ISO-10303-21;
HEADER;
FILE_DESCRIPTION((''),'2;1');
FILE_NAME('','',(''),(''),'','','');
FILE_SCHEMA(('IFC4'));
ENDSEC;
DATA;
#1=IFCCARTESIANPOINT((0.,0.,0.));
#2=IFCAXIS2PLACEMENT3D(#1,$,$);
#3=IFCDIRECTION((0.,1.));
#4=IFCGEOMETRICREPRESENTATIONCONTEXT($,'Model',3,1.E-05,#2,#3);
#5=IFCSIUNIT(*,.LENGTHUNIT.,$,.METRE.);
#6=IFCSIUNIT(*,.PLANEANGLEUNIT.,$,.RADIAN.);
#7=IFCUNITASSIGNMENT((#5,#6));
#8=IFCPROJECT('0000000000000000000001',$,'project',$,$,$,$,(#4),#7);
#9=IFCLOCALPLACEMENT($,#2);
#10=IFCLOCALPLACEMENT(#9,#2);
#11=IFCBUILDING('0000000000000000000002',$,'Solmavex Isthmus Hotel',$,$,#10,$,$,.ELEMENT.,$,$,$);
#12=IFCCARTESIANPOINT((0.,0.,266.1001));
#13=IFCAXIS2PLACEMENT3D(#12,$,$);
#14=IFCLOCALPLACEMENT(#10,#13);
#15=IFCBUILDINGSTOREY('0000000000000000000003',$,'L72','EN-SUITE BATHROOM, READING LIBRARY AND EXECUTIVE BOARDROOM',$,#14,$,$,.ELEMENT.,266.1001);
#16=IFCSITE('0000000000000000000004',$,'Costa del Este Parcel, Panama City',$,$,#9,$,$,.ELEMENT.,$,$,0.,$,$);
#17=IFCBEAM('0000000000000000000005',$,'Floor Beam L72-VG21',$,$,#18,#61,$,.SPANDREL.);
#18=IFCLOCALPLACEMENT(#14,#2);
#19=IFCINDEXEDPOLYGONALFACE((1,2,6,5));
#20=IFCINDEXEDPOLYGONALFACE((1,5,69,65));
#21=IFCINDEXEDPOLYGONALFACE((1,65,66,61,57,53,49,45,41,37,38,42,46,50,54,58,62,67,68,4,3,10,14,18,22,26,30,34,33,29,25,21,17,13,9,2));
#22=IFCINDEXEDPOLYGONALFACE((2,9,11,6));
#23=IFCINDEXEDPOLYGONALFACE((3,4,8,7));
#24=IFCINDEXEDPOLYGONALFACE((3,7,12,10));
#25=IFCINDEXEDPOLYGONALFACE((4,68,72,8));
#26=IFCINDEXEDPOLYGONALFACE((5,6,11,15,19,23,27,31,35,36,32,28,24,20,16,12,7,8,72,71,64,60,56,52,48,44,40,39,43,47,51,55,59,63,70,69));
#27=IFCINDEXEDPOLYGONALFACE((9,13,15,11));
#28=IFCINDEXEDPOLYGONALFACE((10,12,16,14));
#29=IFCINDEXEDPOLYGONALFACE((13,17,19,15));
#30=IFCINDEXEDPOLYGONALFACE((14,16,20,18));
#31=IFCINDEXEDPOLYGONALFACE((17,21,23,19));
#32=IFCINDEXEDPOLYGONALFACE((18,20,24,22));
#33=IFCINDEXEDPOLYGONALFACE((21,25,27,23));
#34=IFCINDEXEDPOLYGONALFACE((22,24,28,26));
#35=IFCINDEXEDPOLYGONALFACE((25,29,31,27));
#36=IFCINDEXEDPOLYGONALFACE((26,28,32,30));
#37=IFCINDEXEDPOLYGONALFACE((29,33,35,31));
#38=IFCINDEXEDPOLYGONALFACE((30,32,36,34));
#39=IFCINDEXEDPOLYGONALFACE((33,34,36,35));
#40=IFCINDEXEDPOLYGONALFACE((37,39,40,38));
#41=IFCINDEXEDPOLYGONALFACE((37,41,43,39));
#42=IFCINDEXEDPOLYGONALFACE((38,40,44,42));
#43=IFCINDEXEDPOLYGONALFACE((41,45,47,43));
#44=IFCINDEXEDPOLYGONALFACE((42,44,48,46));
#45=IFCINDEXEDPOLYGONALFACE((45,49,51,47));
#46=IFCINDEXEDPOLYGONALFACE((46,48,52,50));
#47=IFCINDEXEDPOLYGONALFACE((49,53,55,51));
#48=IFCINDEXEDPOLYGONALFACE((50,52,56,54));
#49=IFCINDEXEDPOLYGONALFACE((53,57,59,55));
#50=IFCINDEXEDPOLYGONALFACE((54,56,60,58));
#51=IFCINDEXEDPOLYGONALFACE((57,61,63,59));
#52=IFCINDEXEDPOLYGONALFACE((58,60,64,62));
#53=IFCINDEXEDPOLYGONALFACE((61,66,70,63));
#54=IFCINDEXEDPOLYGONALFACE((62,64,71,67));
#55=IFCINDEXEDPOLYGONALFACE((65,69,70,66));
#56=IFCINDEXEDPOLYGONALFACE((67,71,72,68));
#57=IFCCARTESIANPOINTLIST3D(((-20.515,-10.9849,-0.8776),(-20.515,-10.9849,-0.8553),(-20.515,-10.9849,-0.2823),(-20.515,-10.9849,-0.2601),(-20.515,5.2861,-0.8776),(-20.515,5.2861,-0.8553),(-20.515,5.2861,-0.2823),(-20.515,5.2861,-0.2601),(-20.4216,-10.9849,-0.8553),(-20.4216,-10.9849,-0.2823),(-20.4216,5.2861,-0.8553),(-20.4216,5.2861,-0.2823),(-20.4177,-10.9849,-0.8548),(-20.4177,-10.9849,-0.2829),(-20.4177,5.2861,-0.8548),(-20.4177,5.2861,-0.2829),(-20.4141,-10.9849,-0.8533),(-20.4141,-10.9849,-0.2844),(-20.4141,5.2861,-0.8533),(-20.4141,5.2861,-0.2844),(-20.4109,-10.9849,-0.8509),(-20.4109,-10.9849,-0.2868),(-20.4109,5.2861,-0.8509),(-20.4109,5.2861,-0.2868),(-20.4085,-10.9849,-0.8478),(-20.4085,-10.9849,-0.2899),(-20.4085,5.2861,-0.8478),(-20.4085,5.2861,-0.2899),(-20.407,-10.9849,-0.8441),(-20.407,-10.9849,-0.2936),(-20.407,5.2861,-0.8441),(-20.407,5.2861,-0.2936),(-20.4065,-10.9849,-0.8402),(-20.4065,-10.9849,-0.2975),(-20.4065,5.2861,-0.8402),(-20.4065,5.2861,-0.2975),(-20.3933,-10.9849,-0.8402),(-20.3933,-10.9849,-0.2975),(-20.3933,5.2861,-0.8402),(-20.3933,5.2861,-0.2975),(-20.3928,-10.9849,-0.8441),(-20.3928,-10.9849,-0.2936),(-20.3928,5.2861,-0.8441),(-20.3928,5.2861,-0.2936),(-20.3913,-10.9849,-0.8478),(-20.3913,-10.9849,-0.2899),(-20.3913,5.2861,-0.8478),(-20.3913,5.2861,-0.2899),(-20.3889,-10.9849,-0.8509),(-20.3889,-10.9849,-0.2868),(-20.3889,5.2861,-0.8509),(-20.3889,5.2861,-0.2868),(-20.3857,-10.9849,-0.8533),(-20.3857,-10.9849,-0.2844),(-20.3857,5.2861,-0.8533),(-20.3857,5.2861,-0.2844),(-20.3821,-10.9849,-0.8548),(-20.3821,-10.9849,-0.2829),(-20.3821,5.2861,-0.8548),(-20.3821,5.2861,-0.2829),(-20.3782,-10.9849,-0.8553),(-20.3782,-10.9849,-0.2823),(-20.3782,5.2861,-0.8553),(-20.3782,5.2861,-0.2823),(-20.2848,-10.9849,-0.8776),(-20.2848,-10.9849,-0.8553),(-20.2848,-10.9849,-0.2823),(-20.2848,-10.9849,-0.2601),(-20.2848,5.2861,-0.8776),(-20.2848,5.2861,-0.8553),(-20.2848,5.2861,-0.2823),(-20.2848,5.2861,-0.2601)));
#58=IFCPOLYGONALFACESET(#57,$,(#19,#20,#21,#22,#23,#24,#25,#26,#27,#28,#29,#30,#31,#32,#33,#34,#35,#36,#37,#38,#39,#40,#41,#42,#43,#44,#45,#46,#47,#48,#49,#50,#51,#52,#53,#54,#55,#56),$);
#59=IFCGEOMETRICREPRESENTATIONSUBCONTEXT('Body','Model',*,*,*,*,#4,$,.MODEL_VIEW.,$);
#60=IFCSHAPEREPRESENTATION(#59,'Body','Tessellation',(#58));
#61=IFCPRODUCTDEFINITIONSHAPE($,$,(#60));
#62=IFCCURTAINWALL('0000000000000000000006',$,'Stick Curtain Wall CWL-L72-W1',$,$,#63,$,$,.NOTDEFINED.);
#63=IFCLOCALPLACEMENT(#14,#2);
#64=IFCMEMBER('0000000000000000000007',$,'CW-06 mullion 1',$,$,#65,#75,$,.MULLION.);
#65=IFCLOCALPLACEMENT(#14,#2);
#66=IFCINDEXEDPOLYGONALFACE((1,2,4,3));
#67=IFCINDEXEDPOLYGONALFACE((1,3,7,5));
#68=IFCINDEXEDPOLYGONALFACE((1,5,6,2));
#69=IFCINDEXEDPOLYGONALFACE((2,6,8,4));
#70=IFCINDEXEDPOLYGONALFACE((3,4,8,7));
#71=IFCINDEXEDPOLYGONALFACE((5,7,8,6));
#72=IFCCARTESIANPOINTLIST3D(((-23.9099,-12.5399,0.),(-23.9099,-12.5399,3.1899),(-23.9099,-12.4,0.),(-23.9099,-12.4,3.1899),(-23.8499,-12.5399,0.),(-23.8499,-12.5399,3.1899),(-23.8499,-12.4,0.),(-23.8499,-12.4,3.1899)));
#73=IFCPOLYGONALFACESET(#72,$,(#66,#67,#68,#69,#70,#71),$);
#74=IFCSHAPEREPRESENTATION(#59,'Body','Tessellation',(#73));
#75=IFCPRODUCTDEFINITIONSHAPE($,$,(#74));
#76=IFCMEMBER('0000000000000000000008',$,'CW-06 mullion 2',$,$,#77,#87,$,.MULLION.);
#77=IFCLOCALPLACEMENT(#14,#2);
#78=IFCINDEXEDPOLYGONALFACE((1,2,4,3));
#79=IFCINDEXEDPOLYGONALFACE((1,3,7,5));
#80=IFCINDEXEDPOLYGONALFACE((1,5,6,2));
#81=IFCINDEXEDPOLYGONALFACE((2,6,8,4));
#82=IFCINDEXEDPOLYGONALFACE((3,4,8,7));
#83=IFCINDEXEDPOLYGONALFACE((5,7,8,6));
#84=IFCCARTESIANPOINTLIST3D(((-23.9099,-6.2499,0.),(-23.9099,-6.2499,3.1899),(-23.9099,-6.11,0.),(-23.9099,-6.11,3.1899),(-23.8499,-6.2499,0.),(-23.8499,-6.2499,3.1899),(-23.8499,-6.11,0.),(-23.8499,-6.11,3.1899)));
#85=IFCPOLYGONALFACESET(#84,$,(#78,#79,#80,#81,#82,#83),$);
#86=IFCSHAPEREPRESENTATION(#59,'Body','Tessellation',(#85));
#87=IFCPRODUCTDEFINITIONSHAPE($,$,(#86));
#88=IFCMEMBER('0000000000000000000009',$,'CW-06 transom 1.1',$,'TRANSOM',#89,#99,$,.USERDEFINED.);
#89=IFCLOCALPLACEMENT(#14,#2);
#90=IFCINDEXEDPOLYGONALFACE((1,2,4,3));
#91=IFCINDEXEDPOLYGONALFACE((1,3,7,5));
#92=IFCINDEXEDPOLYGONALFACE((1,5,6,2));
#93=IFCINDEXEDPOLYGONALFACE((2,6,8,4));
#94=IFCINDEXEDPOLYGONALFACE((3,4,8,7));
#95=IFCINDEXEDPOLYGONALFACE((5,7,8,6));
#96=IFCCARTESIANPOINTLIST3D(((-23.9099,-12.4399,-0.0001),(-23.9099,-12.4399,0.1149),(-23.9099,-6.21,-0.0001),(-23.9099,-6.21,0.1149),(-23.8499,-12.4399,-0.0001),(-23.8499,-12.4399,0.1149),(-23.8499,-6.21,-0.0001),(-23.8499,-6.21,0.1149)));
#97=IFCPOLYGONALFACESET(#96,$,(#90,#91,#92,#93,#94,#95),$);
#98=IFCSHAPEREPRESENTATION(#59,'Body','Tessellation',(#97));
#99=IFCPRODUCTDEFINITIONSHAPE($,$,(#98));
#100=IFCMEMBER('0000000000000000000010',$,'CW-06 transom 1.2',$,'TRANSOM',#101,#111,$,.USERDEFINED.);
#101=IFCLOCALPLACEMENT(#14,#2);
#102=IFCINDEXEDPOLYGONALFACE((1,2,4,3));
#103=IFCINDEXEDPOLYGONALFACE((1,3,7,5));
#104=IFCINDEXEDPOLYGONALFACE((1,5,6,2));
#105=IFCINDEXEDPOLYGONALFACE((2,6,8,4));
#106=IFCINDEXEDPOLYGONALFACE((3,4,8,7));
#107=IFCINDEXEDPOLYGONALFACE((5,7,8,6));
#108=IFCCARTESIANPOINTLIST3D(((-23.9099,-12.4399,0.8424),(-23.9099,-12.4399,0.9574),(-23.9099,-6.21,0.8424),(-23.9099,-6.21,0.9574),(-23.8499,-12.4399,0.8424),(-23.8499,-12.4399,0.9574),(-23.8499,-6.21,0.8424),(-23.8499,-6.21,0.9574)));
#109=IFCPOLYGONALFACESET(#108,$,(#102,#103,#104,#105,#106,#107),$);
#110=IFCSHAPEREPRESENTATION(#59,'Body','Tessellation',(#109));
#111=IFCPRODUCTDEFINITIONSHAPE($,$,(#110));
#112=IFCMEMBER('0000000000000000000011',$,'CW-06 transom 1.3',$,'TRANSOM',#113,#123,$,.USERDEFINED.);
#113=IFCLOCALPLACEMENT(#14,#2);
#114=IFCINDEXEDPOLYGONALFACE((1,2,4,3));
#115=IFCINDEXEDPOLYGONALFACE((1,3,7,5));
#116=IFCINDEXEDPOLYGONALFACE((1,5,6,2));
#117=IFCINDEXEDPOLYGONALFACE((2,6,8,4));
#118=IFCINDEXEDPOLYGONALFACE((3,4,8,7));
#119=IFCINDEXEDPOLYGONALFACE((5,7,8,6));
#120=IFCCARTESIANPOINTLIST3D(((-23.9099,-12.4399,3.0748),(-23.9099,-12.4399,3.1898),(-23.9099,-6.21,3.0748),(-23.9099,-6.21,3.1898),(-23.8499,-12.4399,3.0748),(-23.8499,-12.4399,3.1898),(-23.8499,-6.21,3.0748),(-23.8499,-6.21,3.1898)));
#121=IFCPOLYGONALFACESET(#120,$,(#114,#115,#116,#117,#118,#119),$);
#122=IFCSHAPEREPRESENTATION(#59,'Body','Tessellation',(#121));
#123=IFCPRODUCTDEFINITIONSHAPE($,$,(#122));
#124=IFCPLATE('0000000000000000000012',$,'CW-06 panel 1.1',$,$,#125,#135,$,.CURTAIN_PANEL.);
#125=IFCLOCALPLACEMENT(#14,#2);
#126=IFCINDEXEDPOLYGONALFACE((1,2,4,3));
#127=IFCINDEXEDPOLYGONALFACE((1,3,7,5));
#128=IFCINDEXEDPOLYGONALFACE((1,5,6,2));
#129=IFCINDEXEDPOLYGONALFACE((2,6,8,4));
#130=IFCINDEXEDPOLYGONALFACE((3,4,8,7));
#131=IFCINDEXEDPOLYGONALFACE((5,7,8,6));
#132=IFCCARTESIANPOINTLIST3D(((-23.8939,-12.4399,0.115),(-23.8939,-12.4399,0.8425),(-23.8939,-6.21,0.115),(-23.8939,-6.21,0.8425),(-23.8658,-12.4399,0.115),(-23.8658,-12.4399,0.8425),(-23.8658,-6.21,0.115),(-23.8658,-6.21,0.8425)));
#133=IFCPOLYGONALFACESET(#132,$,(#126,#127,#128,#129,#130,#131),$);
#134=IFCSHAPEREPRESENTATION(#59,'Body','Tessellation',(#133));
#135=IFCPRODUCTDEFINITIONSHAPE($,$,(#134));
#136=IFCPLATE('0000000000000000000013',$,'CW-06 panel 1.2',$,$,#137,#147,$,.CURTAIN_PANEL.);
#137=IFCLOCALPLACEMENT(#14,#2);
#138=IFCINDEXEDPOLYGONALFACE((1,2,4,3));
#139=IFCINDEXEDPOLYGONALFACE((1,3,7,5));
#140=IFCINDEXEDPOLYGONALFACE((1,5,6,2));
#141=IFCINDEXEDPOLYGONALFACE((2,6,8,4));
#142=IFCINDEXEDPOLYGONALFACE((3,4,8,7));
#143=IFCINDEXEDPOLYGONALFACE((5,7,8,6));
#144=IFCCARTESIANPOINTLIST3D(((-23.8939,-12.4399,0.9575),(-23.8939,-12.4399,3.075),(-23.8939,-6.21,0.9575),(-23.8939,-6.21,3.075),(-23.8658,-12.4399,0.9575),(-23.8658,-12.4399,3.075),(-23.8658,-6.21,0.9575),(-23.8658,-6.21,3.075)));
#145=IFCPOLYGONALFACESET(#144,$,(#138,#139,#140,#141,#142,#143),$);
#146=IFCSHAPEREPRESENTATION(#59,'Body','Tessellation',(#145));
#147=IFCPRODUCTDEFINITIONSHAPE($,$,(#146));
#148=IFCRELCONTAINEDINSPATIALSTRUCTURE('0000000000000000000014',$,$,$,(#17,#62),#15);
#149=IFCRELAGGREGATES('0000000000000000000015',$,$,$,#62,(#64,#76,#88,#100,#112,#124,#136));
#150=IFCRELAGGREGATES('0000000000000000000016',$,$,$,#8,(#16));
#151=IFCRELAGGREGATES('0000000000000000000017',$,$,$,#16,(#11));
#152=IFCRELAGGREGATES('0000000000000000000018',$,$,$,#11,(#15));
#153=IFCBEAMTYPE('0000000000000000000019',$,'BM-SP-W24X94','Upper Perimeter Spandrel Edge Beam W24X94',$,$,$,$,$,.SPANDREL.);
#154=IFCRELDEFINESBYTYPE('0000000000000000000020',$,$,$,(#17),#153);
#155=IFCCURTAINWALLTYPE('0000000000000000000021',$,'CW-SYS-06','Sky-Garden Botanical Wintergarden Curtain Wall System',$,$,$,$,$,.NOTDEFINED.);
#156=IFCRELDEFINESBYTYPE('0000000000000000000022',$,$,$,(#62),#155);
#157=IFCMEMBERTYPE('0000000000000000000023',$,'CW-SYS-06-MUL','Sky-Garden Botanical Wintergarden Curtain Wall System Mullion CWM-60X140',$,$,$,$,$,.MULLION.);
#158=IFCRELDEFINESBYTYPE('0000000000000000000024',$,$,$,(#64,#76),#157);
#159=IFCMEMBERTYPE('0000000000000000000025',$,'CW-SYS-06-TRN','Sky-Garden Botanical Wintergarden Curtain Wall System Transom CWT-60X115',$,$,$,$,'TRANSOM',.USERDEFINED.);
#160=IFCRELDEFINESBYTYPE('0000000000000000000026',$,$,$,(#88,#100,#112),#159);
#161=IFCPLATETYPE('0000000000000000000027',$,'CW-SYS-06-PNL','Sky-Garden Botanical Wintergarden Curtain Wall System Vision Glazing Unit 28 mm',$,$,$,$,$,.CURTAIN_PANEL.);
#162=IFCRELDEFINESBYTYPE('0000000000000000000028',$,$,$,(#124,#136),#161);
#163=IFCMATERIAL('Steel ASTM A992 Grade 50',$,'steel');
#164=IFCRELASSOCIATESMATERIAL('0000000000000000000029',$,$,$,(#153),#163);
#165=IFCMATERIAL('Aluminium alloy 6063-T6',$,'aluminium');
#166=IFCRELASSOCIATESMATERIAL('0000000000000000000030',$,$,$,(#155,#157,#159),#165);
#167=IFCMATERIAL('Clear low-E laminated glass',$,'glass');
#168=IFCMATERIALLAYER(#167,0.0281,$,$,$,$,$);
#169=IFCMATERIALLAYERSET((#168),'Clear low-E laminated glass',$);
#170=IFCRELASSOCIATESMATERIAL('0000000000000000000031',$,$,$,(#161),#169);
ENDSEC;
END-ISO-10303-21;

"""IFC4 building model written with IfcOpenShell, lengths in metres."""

from ifc_helpers import new_model, si_unit, direction, frame, origin, origin_2d, place, context, subcontext, project, spatial, rectangle, i_section, extrude, material, layer, layer_set, material_profile, profile_set, type_object, element, aggregate, save


model = new_model("IFC4")

# Units and contexts
model_context = context("Model", 3, precision=1e-05, world=origin(), true_north=direction((0.0, 1.0)))
body_context = subcontext(model_context, "Body", "Model", "MODEL_VIEW")
ifc_project = project(units=[si_unit("LENGTHUNIT", "METRE"), si_unit("PLANEANGLEUNIT", "RADIAN")], contexts=[model_context])

# Site, building, storey
site_placement = place(None, origin())
site = spatial("IfcSite", under=ifc_project, at=site_placement, Name="Costa del Este Parcel, Panama City", CompositionType="ELEMENT", RefElevation=0.0)
building_placement = place(site_placement, origin())
building = spatial("IfcBuilding", under=site, at=building_placement, Name="Solmavex Isthmus Hotel", CompositionType="ELEMENT")
storey_placement = place(building_placement, frame((0.0, 0.0, 266.1001)))
storey = spatial("IfcBuildingStorey", under=building, at=storey_placement, Name="L72", Description="EN-SUITE BATHROOM, READING LIBRARY AND EXECUTIVE BOARDROOM", CompositionType="ELEMENT", Elevation=266.1001)

# Beam
ifc_material_1 = material(Name="Steel ASTM A992 Grade 50", Category="steel")
ifc_material_profile_1 = material_profile(ifc_material_1, i_section(OverallWidth=0.2302, OverallDepth=0.6174, WebThickness=0.0132, FlangeThickness=0.0222, FilletRadius=0.0151, at=origin_2d()), Name="W24X94")
ifc_profile_set_1 = profile_set([ifc_material_profile_1], Name="Steel ASTM A992 Grade 50")
beam_type_1 = type_object("IfcBeamType", Name="BM-SP-W24X94", Description="Upper Perimeter Spandrel Edge Beam W24X94", PredefinedType="SPANDREL", material=ifc_profile_set_1)
beam_1_placement = place(storey_placement, frame((-20.3999, -10.9849, -0.5688), z_axis=(0.0, 1.0, 0.0), x_axis=(-1.0, 0.0, 0.0)))
element("IfcBeam", 1, at=beam_1_placement, inside=storey, type_object=beam_type_1, Name="Floor Beam L72-VG21", PredefinedType="SPANDREL", context=body_context, shape_type="SweptSolid", body=[
    extrude(i_section(OverallWidth=0.2302, OverallDepth=0.6174, WebThickness=0.0132, FlangeThickness=0.0222, FilletRadius=0.0151, at=origin_2d()), origin(), (0.0, 0.0, 1.0), 16.271),
])

# Curtain wall, members, plates
ifc_material_2 = material(Name="Aluminium alloy 6063-T6", Category="aluminium")
curtain_wall_type = type_object("IfcCurtainWallType", Name="CW-SYS-06", Description="Sky-Garden Botanical Wintergarden Curtain Wall System", PredefinedType="NOTDEFINED", material=ifc_material_2)
curtain_wall_placement = place(storey_placement, origin())
curtain_wall = element("IfcCurtainWall", 2, at=curtain_wall_placement, inside=storey, type_object=curtain_wall_type, Name="Stick Curtain Wall CWL-L72-W1", PredefinedType="NOTDEFINED")
ifc_material_profile_2 = material_profile(ifc_material_2, rectangle(XDim=0.0601, YDim=0.1399, at=origin_2d()), Name="CWM-60X140")
ifc_profile_set_2 = profile_set([ifc_material_profile_2], Name="Aluminium alloy 6063-T6")
member_type_1 = type_object("IfcMemberType", Name="CW-SYS-06-MUL", Description="Sky-Garden Botanical Wintergarden Curtain Wall System Mullion CWM-60X140", PredefinedType="MULLION", material=ifc_profile_set_2)
member_1_placement = place(storey_placement, frame((-23.8799, -12.47, 0.0), z_axis=(0.0, 0.0, 1.0), x_axis=(-1.0, 0.0, 0.0)))
member_1 = element("IfcMember", 3, at=member_1_placement, type_object=member_type_1, Name="CW-06 mullion 1", PredefinedType="MULLION", context=body_context, shape_type="SweptSolid", body=[
    extrude(rectangle(XDim=0.0601, YDim=0.1399, at=origin_2d()), origin(), (0.0, 0.0, 1.0), 3.1899),
])
member_2_placement = place(storey_placement, frame((-23.8799, -6.1799, 0.0), z_axis=(0.0, 0.0, 1.0), x_axis=(-1.0, 0.0, 0.0)))
member_2 = element("IfcMember", 4, at=member_2_placement, type_object=member_type_1, Name="CW-06 mullion 2", PredefinedType="MULLION", context=body_context, shape_type="SweptSolid", body=[
    extrude(rectangle(XDim=0.0601, YDim=0.1399, at=origin_2d()), origin(), (0.0, 0.0, 1.0), 3.1899),
])
ifc_material_profile_3 = material_profile(ifc_material_2, rectangle(XDim=0.0601, YDim=0.115, at=origin_2d()), Name="CWT-60X115")
ifc_profile_set_3 = profile_set([ifc_material_profile_3], Name="Aluminium alloy 6063-T6")
member_type_2 = type_object("IfcMemberType", Name="CW-SYS-06-TRN", Description="Sky-Garden Botanical Wintergarden Curtain Wall System Transom CWT-60X115", ElementType="TRANSOM", PredefinedType="USERDEFINED", material=ifc_profile_set_3)
member_3_placement = place(storey_placement, frame((-23.8799, -12.4399, 0.0574), z_axis=(0.0, 1.0, 0.0), x_axis=(-1.0, 0.0, 0.0)))
member_3 = element("IfcMember", 5, at=member_3_placement, type_object=member_type_2, Name="CW-06 transom 1.1", ObjectType="TRANSOM", PredefinedType="USERDEFINED", context=body_context, shape_type="SweptSolid", body=[
    extrude(rectangle(XDim=0.0601, YDim=0.115, at=origin_2d()), origin(), (0.0, 0.0, 1.0), 6.23),
])
member_4_placement = place(storey_placement, frame((-23.8799, -12.4399, 0.8999), z_axis=(0.0, 1.0, 0.0), x_axis=(-1.0, 0.0, 0.0)))
member_4 = element("IfcMember", 6, at=member_4_placement, type_object=member_type_2, Name="CW-06 transom 1.2", ObjectType="TRANSOM", PredefinedType="USERDEFINED", context=body_context, shape_type="SweptSolid", body=[
    extrude(rectangle(XDim=0.0601, YDim=0.115, at=origin_2d()), origin(), (0.0, 0.0, 1.0), 6.23),
])
member_5_placement = place(storey_placement, frame((-23.8799, -12.4399, 3.1323), z_axis=(0.0, 1.0, 0.0), x_axis=(-1.0, 0.0, 0.0)))
member_5 = element("IfcMember", 7, at=member_5_placement, type_object=member_type_2, Name="CW-06 transom 1.3", ObjectType="TRANSOM", PredefinedType="USERDEFINED", context=body_context, shape_type="SweptSolid", body=[
    extrude(rectangle(XDim=0.0601, YDim=0.115, at=origin_2d()), origin(), (0.0, 0.0, 1.0), 6.23),
])
ifc_material_3 = material(Name="Clear low-E laminated glass", Category="glass")
ifc_layer_1 = layer(ifc_material_3, 0.0281)
ifc_layer_set_1 = layer_set([ifc_layer_1], Name="Clear low-E laminated glass")
plate_type = type_object("IfcPlateType", Name="CW-SYS-06-PNL", Description="Sky-Garden Botanical Wintergarden Curtain Wall System Vision Glazing Unit 28 mm", PredefinedType="CURTAIN_PANEL", material=ifc_layer_set_1)
plate_1_placement = place(storey_placement, frame((-23.8799, -9.325, 0.115), z_axis=(0.0, 0.0, 1.0), x_axis=(0.0, 1.0, 0.0)))
plate_1 = element("IfcPlate", 8, at=plate_1_placement, type_object=plate_type, Name="CW-06 panel 1.1", PredefinedType="CURTAIN_PANEL", context=body_context, shape_type="SweptSolid", body=[
    extrude(rectangle(XDim=6.23, YDim=0.0281, at=origin_2d()), origin(), (0.0, 0.0, 1.0), 0.7275),
])
plate_2_placement = place(storey_placement, frame((-23.8799, -9.325, 0.9575), z_axis=(0.0, 0.0, 1.0), x_axis=(0.0, 1.0, 0.0)))
plate_2 = element("IfcPlate", 9, at=plate_2_placement, type_object=plate_type, Name="CW-06 panel 1.2", PredefinedType="CURTAIN_PANEL", context=body_context, shape_type="SweptSolid", body=[
    extrude(rectangle(XDim=6.23, YDim=0.0281, at=origin_2d()), origin(), (0.0, 0.0, 1.0), 2.1174),
])
aggregate(curtain_wall, [member_1, member_2, member_3, member_4, member_5, plate_1, plate_2])

save(model, "model.ifc")
